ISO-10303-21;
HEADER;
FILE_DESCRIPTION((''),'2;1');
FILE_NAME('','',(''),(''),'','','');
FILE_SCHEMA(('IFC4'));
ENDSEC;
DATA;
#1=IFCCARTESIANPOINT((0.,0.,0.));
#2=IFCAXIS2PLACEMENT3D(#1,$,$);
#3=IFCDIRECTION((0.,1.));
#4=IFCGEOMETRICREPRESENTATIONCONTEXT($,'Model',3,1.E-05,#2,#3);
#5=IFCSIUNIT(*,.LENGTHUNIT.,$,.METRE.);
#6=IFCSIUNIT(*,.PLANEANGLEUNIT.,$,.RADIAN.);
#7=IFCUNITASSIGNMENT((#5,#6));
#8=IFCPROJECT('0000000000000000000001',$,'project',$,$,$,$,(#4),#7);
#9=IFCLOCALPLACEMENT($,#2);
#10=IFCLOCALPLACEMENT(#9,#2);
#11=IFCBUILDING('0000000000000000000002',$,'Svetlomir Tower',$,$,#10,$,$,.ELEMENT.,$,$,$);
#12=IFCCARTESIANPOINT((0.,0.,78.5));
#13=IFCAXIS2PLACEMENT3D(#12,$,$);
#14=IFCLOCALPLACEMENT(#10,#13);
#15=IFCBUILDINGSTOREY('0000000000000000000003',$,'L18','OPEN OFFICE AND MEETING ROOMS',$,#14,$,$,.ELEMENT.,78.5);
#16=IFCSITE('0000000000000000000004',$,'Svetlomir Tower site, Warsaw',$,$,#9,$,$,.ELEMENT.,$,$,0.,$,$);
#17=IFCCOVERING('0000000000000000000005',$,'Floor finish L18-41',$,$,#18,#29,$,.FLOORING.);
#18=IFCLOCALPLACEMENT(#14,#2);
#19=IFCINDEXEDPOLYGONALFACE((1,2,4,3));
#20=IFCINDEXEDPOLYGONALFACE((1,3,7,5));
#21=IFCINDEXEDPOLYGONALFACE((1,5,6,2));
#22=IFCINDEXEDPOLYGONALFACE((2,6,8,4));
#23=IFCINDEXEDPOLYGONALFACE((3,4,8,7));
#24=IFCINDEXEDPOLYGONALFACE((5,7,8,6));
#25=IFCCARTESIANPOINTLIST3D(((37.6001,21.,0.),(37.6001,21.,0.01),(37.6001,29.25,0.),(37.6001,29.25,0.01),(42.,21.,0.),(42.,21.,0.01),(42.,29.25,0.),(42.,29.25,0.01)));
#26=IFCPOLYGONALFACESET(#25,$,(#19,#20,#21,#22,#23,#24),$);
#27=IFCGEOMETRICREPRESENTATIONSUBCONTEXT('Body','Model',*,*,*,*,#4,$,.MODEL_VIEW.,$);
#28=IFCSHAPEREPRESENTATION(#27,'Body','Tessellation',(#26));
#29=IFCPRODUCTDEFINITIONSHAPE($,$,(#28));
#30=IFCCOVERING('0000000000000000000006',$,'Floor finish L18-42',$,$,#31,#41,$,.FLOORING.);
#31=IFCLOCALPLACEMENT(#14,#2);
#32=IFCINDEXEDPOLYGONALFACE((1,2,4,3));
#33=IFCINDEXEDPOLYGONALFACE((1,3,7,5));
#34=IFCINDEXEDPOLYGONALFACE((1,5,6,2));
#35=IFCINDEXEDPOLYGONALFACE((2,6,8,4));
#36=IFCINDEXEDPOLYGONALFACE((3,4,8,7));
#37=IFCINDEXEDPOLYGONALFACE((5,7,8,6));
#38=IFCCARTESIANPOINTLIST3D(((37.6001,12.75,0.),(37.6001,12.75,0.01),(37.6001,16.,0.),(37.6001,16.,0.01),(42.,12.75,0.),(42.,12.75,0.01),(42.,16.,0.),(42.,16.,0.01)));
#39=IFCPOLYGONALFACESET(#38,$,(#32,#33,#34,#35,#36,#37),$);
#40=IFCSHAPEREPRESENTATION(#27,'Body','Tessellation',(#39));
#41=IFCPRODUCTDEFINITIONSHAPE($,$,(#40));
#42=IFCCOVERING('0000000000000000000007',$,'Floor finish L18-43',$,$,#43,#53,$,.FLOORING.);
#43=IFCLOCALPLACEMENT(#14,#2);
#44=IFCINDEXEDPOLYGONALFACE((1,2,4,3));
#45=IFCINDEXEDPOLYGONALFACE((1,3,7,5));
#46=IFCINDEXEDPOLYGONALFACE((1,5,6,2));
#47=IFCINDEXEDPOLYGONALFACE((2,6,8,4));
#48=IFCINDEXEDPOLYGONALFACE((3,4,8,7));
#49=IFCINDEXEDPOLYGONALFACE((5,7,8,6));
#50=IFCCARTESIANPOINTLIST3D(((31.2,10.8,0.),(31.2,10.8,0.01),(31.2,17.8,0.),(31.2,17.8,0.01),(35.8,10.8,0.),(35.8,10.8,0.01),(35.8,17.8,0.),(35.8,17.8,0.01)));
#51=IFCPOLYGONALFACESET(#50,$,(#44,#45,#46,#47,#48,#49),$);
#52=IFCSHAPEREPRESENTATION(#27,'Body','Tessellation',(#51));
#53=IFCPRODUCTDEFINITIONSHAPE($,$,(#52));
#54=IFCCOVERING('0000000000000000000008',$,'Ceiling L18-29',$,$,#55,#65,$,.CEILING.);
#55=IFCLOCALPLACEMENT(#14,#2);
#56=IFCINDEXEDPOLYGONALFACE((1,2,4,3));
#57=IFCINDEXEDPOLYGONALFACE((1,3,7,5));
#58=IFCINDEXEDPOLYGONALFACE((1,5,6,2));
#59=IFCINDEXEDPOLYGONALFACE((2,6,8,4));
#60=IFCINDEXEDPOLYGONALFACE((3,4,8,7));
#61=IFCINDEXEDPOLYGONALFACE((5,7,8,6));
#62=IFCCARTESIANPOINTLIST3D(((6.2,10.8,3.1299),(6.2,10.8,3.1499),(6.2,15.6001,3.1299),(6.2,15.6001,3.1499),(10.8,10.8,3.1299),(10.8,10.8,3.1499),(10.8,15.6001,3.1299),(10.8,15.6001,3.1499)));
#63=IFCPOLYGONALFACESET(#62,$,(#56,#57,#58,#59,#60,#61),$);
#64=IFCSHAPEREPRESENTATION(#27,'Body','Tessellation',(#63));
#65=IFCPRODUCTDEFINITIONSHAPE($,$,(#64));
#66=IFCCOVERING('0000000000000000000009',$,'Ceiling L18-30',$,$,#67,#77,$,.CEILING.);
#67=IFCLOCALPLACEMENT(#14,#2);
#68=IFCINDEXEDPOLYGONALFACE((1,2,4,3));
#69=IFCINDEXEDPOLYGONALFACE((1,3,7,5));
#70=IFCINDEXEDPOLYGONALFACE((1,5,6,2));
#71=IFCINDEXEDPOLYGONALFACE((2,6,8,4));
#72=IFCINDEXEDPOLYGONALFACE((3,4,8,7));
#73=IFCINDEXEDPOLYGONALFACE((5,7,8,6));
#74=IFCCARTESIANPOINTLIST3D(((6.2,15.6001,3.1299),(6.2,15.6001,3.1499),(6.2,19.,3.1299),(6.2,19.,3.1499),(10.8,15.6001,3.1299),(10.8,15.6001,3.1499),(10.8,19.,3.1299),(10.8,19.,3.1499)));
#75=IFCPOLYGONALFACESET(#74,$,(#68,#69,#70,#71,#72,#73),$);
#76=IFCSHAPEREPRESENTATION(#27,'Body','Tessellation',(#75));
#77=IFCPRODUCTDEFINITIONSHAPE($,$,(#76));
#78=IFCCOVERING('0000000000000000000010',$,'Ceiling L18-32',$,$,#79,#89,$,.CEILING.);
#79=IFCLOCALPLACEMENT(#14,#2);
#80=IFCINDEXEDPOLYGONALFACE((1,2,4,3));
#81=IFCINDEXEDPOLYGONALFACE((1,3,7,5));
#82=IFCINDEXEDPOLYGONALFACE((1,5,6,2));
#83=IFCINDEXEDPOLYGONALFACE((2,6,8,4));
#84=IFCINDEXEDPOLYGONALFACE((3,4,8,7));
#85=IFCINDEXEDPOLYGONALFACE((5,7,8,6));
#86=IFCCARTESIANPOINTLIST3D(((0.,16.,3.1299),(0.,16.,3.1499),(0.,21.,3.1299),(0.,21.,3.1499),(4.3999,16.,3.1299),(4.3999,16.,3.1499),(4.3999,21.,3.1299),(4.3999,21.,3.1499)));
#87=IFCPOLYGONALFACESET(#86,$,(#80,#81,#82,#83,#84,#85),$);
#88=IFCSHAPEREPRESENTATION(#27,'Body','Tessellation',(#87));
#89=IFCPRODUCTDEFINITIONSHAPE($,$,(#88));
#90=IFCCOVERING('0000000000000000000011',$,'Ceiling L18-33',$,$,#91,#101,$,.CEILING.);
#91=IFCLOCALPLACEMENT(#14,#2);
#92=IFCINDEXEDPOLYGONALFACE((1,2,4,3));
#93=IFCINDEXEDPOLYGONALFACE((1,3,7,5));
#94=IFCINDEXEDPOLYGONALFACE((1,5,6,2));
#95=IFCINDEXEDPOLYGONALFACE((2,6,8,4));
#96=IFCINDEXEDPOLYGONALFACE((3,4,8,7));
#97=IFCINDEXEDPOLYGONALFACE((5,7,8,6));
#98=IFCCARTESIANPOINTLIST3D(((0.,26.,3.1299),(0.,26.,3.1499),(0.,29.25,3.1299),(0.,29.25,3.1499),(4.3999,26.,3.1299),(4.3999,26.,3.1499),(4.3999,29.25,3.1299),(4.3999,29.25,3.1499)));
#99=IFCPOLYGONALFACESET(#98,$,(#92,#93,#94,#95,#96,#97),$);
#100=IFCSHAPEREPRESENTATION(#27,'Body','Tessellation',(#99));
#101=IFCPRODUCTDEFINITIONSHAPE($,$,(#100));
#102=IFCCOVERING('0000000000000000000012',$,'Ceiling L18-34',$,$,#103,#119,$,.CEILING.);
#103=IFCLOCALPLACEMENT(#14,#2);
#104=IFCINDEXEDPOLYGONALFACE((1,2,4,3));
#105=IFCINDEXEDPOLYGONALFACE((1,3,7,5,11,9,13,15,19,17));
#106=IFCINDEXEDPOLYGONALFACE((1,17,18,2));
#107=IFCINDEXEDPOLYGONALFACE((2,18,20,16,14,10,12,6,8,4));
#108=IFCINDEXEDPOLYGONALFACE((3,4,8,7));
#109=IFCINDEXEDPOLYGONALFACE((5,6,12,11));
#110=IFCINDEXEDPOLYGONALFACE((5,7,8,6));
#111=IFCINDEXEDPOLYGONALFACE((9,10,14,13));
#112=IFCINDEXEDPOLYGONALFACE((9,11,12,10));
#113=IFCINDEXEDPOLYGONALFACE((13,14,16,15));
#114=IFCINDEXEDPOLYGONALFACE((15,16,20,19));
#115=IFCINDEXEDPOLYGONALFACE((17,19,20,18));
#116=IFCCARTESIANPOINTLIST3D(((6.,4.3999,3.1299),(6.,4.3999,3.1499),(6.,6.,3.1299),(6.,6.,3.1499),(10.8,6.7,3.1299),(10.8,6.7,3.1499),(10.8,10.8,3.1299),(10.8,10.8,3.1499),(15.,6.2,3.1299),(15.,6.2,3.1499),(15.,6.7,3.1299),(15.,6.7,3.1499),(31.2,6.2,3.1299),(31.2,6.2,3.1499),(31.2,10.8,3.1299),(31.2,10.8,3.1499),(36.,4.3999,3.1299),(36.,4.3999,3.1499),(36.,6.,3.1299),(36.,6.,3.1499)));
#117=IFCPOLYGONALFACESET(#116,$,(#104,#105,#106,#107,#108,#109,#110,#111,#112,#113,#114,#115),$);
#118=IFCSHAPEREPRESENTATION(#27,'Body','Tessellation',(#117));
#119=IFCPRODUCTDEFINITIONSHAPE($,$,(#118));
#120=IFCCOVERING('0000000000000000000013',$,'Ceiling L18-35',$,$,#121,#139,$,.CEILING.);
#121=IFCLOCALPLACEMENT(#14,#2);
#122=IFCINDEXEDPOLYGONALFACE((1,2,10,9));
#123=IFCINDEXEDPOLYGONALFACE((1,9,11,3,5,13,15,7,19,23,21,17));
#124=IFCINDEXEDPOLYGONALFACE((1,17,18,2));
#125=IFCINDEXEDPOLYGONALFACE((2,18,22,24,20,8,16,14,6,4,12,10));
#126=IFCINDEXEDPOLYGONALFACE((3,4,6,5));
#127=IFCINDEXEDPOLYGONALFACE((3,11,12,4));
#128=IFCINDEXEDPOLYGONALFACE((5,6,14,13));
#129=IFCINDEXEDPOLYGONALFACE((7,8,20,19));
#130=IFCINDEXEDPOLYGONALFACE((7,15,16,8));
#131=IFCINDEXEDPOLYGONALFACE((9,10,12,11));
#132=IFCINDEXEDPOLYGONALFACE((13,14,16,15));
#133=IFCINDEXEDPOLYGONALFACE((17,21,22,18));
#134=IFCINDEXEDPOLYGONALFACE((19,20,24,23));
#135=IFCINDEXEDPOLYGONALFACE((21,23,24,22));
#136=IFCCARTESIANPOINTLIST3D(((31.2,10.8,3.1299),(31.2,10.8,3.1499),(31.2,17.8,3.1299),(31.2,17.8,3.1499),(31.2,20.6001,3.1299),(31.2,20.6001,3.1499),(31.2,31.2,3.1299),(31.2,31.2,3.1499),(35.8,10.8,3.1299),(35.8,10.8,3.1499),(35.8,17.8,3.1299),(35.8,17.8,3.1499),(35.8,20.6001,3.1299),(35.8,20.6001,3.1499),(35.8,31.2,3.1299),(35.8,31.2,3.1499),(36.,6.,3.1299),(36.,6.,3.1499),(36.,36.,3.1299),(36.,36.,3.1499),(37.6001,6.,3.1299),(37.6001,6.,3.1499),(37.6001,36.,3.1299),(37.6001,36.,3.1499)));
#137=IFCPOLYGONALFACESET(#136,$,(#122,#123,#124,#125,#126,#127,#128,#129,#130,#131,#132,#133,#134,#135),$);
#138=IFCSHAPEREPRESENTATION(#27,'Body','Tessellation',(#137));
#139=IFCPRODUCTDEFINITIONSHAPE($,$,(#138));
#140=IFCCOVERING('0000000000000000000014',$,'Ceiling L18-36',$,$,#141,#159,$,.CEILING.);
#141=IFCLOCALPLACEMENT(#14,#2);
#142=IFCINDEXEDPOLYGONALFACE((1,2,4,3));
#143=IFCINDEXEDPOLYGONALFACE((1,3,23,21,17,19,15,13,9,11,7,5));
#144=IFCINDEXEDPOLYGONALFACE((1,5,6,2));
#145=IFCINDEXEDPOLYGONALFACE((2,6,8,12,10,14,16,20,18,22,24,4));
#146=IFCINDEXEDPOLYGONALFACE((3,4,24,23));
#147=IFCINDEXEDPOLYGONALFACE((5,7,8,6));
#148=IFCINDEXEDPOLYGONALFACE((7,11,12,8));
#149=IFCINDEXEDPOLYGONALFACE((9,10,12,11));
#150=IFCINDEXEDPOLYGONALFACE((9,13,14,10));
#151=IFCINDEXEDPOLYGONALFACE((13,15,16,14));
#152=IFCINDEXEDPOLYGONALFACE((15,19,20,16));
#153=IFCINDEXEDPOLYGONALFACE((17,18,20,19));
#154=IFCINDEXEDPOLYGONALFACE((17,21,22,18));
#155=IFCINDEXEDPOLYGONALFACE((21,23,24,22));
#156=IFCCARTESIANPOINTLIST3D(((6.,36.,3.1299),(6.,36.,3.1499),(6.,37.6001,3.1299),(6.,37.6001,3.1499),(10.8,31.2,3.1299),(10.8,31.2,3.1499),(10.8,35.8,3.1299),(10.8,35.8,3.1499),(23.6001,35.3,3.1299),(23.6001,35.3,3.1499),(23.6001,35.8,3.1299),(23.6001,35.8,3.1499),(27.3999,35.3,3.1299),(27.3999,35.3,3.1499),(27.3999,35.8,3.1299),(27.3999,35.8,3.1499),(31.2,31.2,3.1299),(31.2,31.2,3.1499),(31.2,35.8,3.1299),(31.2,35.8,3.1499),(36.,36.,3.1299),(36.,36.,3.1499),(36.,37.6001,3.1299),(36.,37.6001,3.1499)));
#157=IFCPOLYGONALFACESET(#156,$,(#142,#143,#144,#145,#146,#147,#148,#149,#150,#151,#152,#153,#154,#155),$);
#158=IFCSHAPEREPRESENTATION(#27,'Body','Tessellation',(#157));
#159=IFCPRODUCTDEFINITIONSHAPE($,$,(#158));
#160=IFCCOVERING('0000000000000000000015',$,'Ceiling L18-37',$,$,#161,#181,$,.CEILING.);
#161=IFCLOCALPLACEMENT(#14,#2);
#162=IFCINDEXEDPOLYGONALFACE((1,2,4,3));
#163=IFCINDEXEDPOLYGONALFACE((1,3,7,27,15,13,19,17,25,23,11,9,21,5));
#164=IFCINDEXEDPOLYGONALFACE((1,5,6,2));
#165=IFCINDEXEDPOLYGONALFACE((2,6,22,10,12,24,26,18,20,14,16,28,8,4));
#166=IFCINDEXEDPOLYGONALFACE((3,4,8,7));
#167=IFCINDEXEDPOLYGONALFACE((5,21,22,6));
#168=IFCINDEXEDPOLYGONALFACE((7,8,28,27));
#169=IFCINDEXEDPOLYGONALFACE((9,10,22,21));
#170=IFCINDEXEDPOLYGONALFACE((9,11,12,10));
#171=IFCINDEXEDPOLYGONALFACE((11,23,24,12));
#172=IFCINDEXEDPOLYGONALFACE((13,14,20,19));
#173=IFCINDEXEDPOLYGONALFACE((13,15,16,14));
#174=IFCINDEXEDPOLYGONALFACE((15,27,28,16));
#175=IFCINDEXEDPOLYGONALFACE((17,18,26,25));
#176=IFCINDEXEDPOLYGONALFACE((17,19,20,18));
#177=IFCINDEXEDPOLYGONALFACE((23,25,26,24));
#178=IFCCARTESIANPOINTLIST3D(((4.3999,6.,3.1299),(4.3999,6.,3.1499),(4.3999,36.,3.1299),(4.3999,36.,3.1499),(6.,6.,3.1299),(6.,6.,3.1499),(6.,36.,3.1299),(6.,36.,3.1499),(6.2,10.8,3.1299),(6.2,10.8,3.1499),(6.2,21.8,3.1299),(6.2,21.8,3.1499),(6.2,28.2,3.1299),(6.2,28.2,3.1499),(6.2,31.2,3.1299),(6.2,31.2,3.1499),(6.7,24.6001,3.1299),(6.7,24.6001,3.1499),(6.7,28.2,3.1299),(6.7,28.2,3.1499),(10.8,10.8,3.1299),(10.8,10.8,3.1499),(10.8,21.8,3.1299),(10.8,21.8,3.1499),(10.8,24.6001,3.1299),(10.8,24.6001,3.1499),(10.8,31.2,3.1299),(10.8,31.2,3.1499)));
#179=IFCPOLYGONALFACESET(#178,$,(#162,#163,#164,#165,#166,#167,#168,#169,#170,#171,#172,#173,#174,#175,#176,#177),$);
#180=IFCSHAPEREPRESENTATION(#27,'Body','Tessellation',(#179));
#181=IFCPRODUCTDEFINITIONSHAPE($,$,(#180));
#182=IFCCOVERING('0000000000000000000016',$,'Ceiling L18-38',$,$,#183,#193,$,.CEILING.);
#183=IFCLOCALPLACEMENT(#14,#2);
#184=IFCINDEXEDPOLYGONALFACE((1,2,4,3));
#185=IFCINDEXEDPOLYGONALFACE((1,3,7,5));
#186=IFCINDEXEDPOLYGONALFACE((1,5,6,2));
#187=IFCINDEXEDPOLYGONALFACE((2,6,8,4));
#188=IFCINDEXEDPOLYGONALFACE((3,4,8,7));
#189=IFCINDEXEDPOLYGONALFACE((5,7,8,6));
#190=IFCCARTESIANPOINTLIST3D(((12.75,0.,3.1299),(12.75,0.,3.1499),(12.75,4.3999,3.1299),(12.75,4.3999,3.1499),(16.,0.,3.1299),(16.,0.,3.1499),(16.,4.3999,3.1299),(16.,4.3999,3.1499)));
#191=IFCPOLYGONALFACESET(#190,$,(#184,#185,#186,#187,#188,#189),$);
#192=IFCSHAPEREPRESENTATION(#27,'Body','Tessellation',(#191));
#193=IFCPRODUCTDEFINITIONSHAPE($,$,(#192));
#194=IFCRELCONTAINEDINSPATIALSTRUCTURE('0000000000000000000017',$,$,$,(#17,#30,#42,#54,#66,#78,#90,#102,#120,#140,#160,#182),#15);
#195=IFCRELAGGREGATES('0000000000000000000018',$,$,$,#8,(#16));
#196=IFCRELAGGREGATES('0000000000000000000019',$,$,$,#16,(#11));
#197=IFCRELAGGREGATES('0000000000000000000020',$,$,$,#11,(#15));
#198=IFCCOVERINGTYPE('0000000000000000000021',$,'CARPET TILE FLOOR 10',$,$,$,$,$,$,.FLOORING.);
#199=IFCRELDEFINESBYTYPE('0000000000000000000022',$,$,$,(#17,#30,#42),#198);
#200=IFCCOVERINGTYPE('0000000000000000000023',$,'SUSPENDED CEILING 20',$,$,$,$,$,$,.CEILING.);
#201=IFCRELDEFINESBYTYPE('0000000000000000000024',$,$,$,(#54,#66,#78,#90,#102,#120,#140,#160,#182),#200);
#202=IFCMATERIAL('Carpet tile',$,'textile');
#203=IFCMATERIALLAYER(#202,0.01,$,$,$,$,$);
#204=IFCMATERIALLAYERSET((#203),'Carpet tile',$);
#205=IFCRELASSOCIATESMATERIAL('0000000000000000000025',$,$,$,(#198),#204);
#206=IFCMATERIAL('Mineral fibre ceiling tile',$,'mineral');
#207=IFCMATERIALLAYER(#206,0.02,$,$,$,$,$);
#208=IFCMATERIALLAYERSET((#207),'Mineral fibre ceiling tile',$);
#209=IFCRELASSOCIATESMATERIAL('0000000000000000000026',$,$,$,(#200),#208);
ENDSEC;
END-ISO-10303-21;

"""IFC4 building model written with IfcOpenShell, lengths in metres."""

from ifc_helpers import new_model, si_unit, direction, frame, origin, place, context, subcontext, project, spatial, polyline, outline, extrude, material, layer, layer_set, type_object, element, save


model = new_model("IFC4")

# Units and contexts
model_context = context("Model", 3, precision=1e-05, world=origin(), true_north=direction((0.0, 1.0)))
body_context = subcontext(model_context, "Body", "Model", "MODEL_VIEW")
ifc_project = project(units=[si_unit("LENGTHUNIT", "METRE"), si_unit("PLANEANGLEUNIT", "RADIAN")], contexts=[model_context])

# Site, building, storey
site_placement = place(None, origin())
site = spatial("IfcSite", under=ifc_project, at=site_placement, Name="Svetlomir Tower site, Warsaw", CompositionType="ELEMENT", RefElevation=0.0)
building_placement = place(site_placement, origin())
building = spatial("IfcBuilding", under=site, at=building_placement, Name="Svetlomir Tower", CompositionType="ELEMENT")
storey_placement = place(building_placement, frame((0.0, 0.0, 78.5)))
storey = spatial("IfcBuildingStorey", under=building, at=storey_placement, Name="L18", Description="OPEN OFFICE AND MEETING ROOMS", CompositionType="ELEMENT", Elevation=78.5)

# Coverings
ifc_material_1 = material(Name="Carpet tile", Category="textile")
ifc_layer_1 = layer(ifc_material_1, 0.01)
ifc_layer_set_1 = layer_set([ifc_layer_1], Name="Carpet tile")
covering_type_1 = type_object("IfcCoveringType", Name="CARPET TILE FLOOR 10", PredefinedType="FLOORING", material=ifc_layer_set_1)
covering_1_placement = place(storey_placement, origin())
element("IfcCovering", 1, at=covering_1_placement, inside=storey, type_object=covering_type_1, Name="Floor finish L18-41", PredefinedType="FLOORING", context=body_context, shape_type="SweptSolid", body=[
    extrude(outline(polyline([(42.0, 21.0), (37.6001, 21.0), (37.6001, 29.25), (42.0, 29.25), (42.0, 21.0)])), origin(), (0.0, 0.0, 1.0), 0.01),
])
covering_2_placement = place(storey_placement, origin())
element("IfcCovering", 2, at=covering_2_placement, inside=storey, type_object=covering_type_1, Name="Floor finish L18-42", PredefinedType="FLOORING", context=body_context, shape_type="SweptSolid", body=[
    extrude(outline(polyline([(42.0, 12.75), (37.6001, 12.75), (37.6001, 16.0), (42.0, 16.0), (42.0, 12.75)])), origin(), (0.0, 0.0, 1.0), 0.01),
])
covering_3_placement = place(storey_placement, origin())
element("IfcCovering", 3, at=covering_3_placement, inside=storey, type_object=covering_type_1, Name="Floor finish L18-43", PredefinedType="FLOORING", context=body_context, shape_type="SweptSolid", body=[
    extrude(outline(polyline([(31.2, 10.8), (31.2, 17.8), (35.8, 17.8), (35.8, 10.8), (31.2, 10.8)])), origin(), (0.0, 0.0, 1.0), 0.01),
])
ifc_material_2 = material(Name="Mineral fibre ceiling tile", Category="mineral")
ifc_layer_2 = layer(ifc_material_2, 0.02)
ifc_layer_set_2 = layer_set([ifc_layer_2], Name="Mineral fibre ceiling tile")
covering_type_2 = type_object("IfcCoveringType", Name="SUSPENDED CEILING 20", PredefinedType="CEILING", material=ifc_layer_set_2)
covering_4_placement = place(storey_placement, frame((0.0, 0.0, 3.1299)))
element("IfcCovering", 4, at=covering_4_placement, inside=storey, type_object=covering_type_2, Name="Ceiling L18-29", PredefinedType="CEILING", context=body_context, shape_type="SweptSolid", body=[
    extrude(outline(polyline([(6.2, 10.8), (10.8, 10.8), (10.8, 15.6001), (6.2, 15.6001), (6.2, 10.8)])), origin(), (0.0, 0.0, 1.0), 0.02),
])
covering_5_placement = place(storey_placement, frame((0.0, 0.0, 3.1299)))
element("IfcCovering", 5, at=covering_5_placement, inside=storey, type_object=covering_type_2, Name="Ceiling L18-30", PredefinedType="CEILING", context=body_context, shape_type="SweptSolid", body=[
    extrude(outline(polyline([(6.2, 15.6001), (10.8, 15.6001), (10.8, 19.0), (6.2, 19.0), (6.2, 15.6001)])), origin(), (0.0, 0.0, 1.0), 0.02),
])
covering_6_placement = place(storey_placement, frame((0.0, 0.0, 3.1299)))
element("IfcCovering", 6, at=covering_6_placement, inside=storey, type_object=covering_type_2, Name="Ceiling L18-32", PredefinedType="CEILING", context=body_context, shape_type="SweptSolid", body=[
    extrude(outline(polyline([(0.0, 16.0), (4.3999, 16.0), (4.3999, 21.0), (0.0, 21.0), (0.0, 16.0)])), origin(), (0.0, 0.0, 1.0), 0.02),
])
covering_7_placement = place(storey_placement, frame((0.0, 0.0, 3.1299)))
element("IfcCovering", 7, at=covering_7_placement, inside=storey, type_object=covering_type_2, Name="Ceiling L18-33", PredefinedType="CEILING", context=body_context, shape_type="SweptSolid", body=[
    extrude(outline(polyline([(0.0, 26.0), (4.3999, 26.0), (4.3999, 29.25), (0.0, 29.25), (0.0, 26.0)])), origin(), (0.0, 0.0, 1.0), 0.02),
])
covering_8_placement = place(storey_placement, frame((0.0, 0.0, 3.1299)))
element("IfcCovering", 8, at=covering_8_placement, inside=storey, type_object=covering_type_2, Name="Ceiling L18-34", PredefinedType="CEILING", context=body_context, shape_type="SweptSolid", body=[
    extrude(outline(polyline([(36.0, 4.3999), (6.0, 4.3999), (6.0, 6.0), (10.8, 10.8), (10.8, 6.7), (15.0, 6.7), (15.0, 6.2), (31.2, 6.2), (31.2, 10.8), (36.0, 6.0), (36.0, 4.3999)])), origin(), (0.0, 0.0, 1.0), 0.02),
])
covering_9_placement = place(storey_placement, frame((0.0, 0.0, 3.1299)))
element("IfcCovering", 9, at=covering_9_placement, inside=storey, type_object=covering_type_2, Name="Ceiling L18-35", PredefinedType="CEILING", context=body_context, shape_type="SweptSolid", body=[
    extrude(outline(polyline([(31.2, 20.6001), (35.8, 20.6001), (35.8, 31.2), (31.2, 31.2), (36.0, 36.0), (37.6001, 36.0), (37.6001, 6.0), (36.0, 6.0), (31.2, 10.8), (35.8, 10.8), (35.8, 17.8), (31.2, 17.8), (31.2, 20.6001)])), origin(), (0.0, 0.0, 1.0), 0.02),
])
covering_10_placement = place(storey_placement, frame((0.0, 0.0, 3.1299)))
element("IfcCovering", 10, at=covering_10_placement, inside=storey, type_object=covering_type_2, Name="Ceiling L18-36", PredefinedType="CEILING", context=body_context, shape_type="SweptSolid", body=[
    extrude(outline(polyline([(6.0, 37.6001), (36.0, 37.6001), (36.0, 36.0), (31.2, 31.2), (31.2, 35.8), (27.3999, 35.8), (27.3999, 35.3), (23.6001, 35.3), (23.6001, 35.8), (10.8, 35.8), (10.8, 31.2), (6.0, 36.0), (6.0, 37.6001)])), origin(), (0.0, 0.0, 1.0), 0.02),
])
covering_11_placement = place(storey_placement, frame((0.0, 0.0, 3.1299)))
element("IfcCovering", 11, at=covering_11_placement, inside=storey, type_object=covering_type_2, Name="Ceiling L18-37", PredefinedType="CEILING", context=body_context, shape_type="SweptSolid", body=[
    extrude(outline(polyline([(4.3999, 6.0), (4.3999, 36.0), (6.0, 36.0), (10.8, 31.2), (6.2, 31.2), (6.2, 28.2), (6.7, 28.2), (6.7, 24.6001), (10.8, 24.6001), (10.8, 21.8), (6.2, 21.8), (6.2, 10.8), (10.8, 10.8), (6.0, 6.0), (4.3999, 6.0)])), origin(), (0.0, 0.0, 1.0), 0.02),
])
covering_12_placement = place(storey_placement, frame((0.0, 0.0, 3.1299)))
element("IfcCovering", 12, at=covering_12_placement, inside=storey, type_object=covering_type_2, Name="Ceiling L18-38", PredefinedType="CEILING", context=body_context, shape_type="SweptSolid", body=[
    extrude(outline(polyline([(16.0, 4.3999), (16.0, 0.0), (12.75, 0.0), (12.75, 4.3999), (16.0, 4.3999)])), origin(), (0.0, 0.0, 1.0), 0.02),
])

save(model, "model.ifc")
